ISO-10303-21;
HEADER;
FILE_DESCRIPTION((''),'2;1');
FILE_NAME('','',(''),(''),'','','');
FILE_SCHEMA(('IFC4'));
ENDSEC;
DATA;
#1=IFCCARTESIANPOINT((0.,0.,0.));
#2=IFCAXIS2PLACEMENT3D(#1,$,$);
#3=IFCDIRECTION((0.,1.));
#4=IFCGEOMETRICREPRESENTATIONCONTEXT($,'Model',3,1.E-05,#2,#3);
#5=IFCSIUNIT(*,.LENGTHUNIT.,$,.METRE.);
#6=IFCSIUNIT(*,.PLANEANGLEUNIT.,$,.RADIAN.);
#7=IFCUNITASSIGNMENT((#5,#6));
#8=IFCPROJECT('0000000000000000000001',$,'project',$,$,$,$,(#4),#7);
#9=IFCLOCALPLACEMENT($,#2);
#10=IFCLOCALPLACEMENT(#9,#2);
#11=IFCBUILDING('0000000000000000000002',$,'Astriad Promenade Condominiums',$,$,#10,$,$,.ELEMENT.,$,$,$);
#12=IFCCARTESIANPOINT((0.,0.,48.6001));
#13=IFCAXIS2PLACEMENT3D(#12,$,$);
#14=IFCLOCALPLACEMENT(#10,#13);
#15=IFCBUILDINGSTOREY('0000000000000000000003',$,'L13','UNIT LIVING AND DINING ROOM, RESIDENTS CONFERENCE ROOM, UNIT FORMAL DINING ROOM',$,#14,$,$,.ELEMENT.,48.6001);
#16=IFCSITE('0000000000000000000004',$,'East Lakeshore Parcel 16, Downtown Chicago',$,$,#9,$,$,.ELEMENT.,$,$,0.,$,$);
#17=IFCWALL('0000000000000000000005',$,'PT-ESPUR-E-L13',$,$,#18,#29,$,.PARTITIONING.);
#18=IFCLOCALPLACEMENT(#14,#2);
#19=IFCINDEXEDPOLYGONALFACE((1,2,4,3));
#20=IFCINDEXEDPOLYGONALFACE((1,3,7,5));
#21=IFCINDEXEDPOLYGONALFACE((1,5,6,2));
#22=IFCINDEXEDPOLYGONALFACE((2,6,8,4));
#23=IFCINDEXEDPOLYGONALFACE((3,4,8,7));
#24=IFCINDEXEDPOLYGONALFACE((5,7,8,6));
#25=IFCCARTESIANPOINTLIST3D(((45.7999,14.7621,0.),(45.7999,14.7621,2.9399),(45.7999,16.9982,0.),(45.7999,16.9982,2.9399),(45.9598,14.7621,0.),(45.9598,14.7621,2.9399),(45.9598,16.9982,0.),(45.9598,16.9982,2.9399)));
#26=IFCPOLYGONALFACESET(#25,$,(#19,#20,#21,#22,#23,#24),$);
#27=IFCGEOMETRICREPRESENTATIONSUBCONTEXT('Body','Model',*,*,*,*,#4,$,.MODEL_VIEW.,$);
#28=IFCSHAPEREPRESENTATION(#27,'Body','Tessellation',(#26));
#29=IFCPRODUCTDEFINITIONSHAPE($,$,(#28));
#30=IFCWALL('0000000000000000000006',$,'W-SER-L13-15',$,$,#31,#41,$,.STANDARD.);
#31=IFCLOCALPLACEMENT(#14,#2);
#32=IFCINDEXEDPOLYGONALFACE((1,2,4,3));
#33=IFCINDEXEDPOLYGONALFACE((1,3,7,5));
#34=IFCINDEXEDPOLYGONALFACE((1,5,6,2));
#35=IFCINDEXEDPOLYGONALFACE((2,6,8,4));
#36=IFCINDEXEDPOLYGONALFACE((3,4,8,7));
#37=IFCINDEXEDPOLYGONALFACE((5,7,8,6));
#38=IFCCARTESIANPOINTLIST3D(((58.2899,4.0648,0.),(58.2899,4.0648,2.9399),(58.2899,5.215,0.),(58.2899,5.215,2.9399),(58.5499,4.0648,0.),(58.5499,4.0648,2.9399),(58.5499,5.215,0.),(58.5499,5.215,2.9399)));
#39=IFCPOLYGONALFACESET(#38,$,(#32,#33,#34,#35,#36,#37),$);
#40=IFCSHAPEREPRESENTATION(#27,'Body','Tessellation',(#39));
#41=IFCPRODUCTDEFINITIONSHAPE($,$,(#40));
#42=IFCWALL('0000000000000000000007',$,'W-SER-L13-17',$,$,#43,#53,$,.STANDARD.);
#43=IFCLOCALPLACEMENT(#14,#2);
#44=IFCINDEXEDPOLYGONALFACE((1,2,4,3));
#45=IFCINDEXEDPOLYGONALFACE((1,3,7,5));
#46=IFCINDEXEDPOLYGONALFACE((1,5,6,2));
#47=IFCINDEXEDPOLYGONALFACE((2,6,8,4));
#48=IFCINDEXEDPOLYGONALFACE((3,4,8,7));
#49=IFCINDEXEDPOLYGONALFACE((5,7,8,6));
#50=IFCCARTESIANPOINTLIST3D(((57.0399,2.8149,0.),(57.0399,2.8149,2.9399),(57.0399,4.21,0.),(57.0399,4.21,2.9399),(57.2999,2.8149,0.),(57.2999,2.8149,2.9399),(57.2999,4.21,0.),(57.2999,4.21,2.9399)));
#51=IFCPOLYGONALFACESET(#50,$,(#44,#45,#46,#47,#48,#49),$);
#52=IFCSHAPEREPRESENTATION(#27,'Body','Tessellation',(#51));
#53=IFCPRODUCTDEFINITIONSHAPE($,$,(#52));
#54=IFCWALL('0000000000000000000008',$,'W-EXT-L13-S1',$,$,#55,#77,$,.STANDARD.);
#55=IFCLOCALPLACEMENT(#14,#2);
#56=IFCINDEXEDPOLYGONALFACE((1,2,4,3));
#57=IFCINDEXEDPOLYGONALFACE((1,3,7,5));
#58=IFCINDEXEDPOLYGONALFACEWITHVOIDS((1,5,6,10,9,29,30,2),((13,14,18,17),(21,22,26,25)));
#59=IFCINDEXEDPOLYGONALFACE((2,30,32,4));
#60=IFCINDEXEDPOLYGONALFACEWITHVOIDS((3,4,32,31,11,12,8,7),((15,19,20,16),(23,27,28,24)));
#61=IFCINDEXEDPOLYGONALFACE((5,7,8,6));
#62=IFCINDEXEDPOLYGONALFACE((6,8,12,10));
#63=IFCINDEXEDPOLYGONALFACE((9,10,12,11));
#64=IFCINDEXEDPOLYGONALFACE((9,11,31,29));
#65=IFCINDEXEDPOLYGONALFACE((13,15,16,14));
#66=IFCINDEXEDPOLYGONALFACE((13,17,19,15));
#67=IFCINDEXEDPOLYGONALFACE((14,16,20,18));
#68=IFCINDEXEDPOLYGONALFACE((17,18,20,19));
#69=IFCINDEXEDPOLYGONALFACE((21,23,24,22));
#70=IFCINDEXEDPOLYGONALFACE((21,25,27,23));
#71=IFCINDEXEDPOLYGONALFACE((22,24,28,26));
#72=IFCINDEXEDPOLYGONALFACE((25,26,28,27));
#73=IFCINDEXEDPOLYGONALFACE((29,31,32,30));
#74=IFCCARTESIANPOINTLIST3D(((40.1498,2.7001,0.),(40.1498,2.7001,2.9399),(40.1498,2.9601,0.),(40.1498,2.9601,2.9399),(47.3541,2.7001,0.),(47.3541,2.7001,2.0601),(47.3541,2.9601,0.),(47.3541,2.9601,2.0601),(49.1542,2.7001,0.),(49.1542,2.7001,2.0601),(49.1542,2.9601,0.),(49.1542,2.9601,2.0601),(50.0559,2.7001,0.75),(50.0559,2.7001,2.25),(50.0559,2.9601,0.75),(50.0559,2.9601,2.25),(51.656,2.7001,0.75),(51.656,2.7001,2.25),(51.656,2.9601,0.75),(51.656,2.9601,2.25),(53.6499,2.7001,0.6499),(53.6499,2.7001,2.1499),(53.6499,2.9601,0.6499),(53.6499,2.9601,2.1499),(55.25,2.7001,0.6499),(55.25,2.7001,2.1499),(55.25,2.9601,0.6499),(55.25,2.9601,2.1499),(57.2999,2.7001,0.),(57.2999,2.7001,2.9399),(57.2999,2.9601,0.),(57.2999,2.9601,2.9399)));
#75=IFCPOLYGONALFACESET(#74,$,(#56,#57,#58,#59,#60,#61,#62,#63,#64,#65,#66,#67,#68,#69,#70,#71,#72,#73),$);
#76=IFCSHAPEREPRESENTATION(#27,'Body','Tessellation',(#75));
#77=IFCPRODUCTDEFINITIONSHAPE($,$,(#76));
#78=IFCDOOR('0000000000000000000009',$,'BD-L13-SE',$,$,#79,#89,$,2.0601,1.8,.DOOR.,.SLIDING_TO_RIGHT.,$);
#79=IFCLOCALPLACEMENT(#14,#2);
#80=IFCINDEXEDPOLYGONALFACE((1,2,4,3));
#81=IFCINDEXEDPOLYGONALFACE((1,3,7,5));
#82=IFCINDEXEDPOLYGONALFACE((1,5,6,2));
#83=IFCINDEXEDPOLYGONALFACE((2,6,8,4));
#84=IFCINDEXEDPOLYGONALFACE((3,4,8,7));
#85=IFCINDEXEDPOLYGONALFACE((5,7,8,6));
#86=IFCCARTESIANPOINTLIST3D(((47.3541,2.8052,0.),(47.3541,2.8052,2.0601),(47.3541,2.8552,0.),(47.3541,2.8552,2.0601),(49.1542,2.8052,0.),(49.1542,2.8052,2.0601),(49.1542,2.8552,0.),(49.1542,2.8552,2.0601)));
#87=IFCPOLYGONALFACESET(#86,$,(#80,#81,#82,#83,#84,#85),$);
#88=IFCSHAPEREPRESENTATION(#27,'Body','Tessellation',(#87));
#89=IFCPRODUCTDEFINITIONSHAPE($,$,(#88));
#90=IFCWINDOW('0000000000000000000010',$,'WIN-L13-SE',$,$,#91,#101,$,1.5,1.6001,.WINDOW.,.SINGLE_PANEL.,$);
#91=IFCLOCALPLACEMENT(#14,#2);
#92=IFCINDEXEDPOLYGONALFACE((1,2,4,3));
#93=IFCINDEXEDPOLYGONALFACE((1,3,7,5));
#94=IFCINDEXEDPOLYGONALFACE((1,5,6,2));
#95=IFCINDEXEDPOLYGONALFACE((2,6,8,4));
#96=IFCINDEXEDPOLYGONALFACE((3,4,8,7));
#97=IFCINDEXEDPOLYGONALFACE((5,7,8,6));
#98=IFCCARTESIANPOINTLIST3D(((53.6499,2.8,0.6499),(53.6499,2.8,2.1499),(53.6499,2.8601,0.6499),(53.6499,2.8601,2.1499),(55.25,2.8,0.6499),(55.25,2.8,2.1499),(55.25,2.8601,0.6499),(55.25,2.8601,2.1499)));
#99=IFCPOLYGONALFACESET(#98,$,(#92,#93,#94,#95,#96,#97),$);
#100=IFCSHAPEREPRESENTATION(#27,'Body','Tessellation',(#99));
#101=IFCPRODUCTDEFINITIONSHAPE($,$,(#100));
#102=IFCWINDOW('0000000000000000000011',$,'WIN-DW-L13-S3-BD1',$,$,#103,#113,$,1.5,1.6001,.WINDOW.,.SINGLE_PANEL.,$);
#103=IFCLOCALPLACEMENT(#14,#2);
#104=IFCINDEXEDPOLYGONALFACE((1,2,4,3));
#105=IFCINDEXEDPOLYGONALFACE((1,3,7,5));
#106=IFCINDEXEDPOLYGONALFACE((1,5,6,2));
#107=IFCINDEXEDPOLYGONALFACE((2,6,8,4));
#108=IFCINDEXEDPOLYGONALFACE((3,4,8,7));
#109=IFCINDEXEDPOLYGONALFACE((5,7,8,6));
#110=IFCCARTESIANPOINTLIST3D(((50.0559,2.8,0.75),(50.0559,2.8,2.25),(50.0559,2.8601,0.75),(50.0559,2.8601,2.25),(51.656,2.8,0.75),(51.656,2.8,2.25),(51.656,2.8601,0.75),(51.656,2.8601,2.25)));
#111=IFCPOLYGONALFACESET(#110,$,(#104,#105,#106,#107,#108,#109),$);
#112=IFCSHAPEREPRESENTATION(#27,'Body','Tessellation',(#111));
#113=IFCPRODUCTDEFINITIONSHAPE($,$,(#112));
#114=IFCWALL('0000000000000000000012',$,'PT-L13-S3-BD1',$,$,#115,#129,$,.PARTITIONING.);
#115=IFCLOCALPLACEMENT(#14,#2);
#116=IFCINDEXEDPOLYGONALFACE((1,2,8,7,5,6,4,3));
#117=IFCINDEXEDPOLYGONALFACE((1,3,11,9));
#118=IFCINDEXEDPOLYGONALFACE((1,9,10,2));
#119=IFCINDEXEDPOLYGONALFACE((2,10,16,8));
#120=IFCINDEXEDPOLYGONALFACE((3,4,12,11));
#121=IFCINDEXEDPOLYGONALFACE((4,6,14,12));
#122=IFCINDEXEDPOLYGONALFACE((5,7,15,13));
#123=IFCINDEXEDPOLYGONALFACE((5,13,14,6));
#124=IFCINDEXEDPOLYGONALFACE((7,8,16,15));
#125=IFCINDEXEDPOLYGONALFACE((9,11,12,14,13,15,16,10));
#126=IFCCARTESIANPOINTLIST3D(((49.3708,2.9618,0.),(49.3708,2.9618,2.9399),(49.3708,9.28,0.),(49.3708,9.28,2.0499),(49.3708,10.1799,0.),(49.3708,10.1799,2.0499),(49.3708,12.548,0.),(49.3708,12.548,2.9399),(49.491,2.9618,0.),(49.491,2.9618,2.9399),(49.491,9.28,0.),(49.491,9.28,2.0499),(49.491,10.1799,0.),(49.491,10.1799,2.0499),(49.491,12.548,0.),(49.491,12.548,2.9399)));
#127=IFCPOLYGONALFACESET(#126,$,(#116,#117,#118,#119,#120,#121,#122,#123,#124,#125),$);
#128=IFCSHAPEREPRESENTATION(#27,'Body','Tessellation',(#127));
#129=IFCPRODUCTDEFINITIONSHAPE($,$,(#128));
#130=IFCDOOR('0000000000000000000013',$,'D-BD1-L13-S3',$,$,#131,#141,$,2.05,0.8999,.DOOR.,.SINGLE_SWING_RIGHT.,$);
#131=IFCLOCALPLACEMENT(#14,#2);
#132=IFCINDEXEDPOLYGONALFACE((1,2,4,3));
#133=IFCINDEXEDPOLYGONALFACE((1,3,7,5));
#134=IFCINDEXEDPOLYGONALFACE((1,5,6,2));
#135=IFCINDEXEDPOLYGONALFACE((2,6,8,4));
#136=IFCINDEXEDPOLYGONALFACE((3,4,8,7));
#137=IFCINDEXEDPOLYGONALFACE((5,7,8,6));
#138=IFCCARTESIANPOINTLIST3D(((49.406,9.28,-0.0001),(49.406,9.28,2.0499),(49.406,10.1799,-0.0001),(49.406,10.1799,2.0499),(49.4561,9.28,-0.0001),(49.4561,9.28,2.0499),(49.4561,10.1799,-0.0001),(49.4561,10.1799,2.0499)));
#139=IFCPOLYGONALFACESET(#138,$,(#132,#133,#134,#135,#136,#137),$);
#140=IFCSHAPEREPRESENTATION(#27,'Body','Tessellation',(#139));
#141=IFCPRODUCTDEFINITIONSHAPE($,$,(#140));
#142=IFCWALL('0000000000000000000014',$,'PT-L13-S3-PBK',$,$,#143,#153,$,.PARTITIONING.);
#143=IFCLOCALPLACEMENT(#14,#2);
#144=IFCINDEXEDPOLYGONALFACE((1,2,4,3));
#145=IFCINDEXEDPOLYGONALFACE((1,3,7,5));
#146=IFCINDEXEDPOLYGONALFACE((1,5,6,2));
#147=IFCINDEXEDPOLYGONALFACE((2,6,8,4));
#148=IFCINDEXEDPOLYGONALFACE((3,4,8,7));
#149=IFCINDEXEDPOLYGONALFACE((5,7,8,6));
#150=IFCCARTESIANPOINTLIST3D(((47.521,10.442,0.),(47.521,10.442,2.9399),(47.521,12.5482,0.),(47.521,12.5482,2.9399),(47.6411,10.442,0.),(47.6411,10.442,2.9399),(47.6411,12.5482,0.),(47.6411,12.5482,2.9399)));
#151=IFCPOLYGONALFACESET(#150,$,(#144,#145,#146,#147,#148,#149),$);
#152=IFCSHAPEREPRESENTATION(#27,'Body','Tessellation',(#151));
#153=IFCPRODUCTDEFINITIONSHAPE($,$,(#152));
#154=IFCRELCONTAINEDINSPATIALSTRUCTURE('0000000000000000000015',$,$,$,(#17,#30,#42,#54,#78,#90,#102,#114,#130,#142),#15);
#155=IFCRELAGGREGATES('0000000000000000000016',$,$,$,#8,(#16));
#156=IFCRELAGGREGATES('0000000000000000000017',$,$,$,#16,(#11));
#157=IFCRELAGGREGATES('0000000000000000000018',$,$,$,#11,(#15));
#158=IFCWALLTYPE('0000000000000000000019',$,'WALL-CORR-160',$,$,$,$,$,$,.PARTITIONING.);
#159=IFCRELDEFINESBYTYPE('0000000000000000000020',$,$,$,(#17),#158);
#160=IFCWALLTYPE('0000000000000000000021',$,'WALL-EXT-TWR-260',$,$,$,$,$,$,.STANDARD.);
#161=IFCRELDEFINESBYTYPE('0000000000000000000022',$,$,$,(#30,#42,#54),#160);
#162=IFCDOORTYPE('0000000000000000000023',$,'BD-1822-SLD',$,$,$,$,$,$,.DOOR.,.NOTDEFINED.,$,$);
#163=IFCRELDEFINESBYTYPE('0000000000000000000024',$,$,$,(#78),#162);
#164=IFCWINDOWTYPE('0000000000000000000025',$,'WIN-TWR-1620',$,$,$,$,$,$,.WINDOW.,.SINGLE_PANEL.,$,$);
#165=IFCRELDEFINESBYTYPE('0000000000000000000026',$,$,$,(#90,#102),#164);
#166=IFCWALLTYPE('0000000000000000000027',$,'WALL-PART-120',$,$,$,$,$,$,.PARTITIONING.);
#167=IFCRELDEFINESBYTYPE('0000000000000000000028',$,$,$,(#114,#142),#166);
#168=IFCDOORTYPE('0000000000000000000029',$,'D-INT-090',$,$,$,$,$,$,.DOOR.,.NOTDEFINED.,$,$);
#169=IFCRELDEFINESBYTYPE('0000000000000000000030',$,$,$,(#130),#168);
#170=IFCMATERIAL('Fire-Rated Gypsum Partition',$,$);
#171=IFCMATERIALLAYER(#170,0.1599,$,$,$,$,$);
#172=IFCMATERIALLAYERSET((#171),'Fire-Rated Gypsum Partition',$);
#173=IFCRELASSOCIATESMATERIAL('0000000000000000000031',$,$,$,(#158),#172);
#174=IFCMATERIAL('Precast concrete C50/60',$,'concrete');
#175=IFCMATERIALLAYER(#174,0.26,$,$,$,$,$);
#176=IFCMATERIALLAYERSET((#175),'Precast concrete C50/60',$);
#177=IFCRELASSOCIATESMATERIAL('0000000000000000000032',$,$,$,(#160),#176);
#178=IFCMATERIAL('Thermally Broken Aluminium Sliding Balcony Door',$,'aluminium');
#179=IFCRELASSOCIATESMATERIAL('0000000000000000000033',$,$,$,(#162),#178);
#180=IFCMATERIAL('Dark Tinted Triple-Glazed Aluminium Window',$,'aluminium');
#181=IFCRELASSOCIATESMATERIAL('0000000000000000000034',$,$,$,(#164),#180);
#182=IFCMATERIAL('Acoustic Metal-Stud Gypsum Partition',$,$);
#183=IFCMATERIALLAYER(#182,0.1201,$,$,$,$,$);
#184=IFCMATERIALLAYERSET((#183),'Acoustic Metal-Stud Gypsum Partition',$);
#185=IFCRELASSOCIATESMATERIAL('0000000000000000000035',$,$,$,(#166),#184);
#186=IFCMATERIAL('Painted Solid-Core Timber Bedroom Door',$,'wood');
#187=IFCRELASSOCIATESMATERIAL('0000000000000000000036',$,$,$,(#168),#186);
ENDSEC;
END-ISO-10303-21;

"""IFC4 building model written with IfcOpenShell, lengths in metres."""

from ifc_helpers import new_model, si_unit, direction, frame, frame_2d, origin, place, context, subcontext, project, spatial, rectangle, extrude, source, transform, mapped, material, layer, layer_set, type_object, type_shapes, element, fill, save


model = new_model("IFC4")

# Units and contexts
model_context = context("Model", 3, precision=1e-05, world=origin(), true_north=direction((0.0, 1.0)))
body_context = subcontext(model_context, "Body", "Model", "MODEL_VIEW")
ifc_project = project(units=[si_unit("LENGTHUNIT", "METRE"), si_unit("PLANEANGLEUNIT", "RADIAN")], contexts=[model_context])

# Site, building, storey
site_placement = place(None, origin())
site = spatial("IfcSite", under=ifc_project, at=site_placement, Name="East Lakeshore Parcel 16, Downtown Chicago", CompositionType="ELEMENT", RefElevation=0.0)
building_placement = place(site_placement, origin())
building = spatial("IfcBuilding", under=site, at=building_placement, Name="Astriad Promenade Condominiums", CompositionType="ELEMENT")
storey_placement = place(building_placement, frame((0.0, 0.0, 48.6001)))
storey = spatial("IfcBuildingStorey", under=building, at=storey_placement, Name="L13", Description="UNIT LIVING AND DINING ROOM, RESIDENTS CONFERENCE ROOM, UNIT FORMAL DINING ROOM", CompositionType="ELEMENT", Elevation=48.6001)

# Shared definitions
ifc_material_1 = material(Name="Fire-Rated Gypsum Partition")
ifc_layer_1 = layer(ifc_material_1, 0.1599)
ifc_layer_set_1 = layer_set([ifc_layer_1], Name="Fire-Rated Gypsum Partition")
wall_type_1 = type_object("IfcWallType", Name="WALL-CORR-160", PredefinedType="PARTITIONING", material=ifc_layer_set_1)

# Walls
wall_1_placement = place(storey_placement, frame((45.8799, 14.762, 0.0), z_axis=(0.0, 0.0, 1.0), x_axis=(0.0, 1.0, 0.0)))
element("IfcWall", 1, at=wall_1_placement, inside=storey, type_object=wall_type_1, Name="PT-ESPUR-E-L13", PredefinedType="PARTITIONING", context=body_context, shape_type="SweptSolid", body=[
    extrude(rectangle(XDim=2.2361, YDim=0.1599, at=frame_2d((1.1182, 0.0))), origin(), (0.0, 0.0, 1.0), 2.9399),
])
ifc_material_2 = material(Name="Precast concrete C50/60", Category="concrete")
ifc_layer_2 = layer(ifc_material_2, 0.26)
ifc_layer_set_2 = layer_set([ifc_layer_2], Name="Precast concrete C50/60")
wall_type_2 = type_object("IfcWallType", Name="WALL-EXT-TWR-260", PredefinedType="STANDARD", material=ifc_layer_set_2)
wall_2_placement = place(storey_placement, frame((58.4199, 5.2151, 0.0), z_axis=(0.0, 0.0, 1.0), x_axis=(0.0, -1.0, 0.0)))
element("IfcWall", 2, at=wall_2_placement, inside=storey, type_object=wall_type_2, Name="W-SER-L13-15", PredefinedType="STANDARD", context=body_context, shape_type="SweptSolid", body=[
    extrude(rectangle(XDim=1.1501, YDim=0.26, at=frame_2d((0.5752, 0.0))), origin(), (0.0, 0.0, 1.0), 2.9399),
])
wall_3_placement = place(storey_placement, frame((57.1699, 4.21, 0.0), z_axis=(0.0, 0.0, 1.0), x_axis=(0.0, -1.0, 0.0)))
element("IfcWall", 3, at=wall_3_placement, inside=storey, type_object=wall_type_2, Name="W-SER-L13-17", PredefinedType="STANDARD", context=body_context, shape_type="SweptSolid", body=[
    extrude(rectangle(XDim=1.395, YDim=0.26, at=frame_2d((0.6975, 0.0))), origin(), (0.0, 0.0, 1.0), 2.9399),
])

# Wall, openings, door, windows
wall_4_placement = place(storey_placement, frame((57.3, 2.8301, 0.0), z_axis=(0.0, 0.0, 1.0), x_axis=(-1.0, 0.0, 0.0)))
wall_4 = element("IfcWall", 4, at=wall_4_placement, inside=storey, type_object=wall_type_2, Name="W-EXT-L13-S1", PredefinedType="STANDARD", context=body_context, shape_type="SweptSolid", body=[
    extrude(rectangle(XDim=17.1501, YDim=0.26, at=frame_2d((8.5752, 0.0))), origin(), (0.0, 0.0, 1.0), 2.9399),
])
opening_1_placement = place(wall_4_placement, frame((8.146, 0.0, 0.0)))
opening_1 = element("IfcOpeningElement", 5, at=opening_1_placement, cuts=wall_4, PredefinedType="OPENING", context=body_context, shape_type="SweptSolid", body=[
    extrude(rectangle(XDim=1.8, YDim=2.0601, at=frame_2d((0.8999, 1.03))), frame((0.0, 0.1399, 0.0), z_axis=(0.0, -1.0, 0.0), x_axis=(1.0, 0.0, 0.0)), (0.0, 0.0, 1.0), 0.28),
])
opening_2_placement = place(wall_4_placement, frame((2.05, 0.0, 0.6499)))
opening_2 = element("IfcOpeningElement", 6, at=opening_2_placement, cuts=wall_4, PredefinedType="OPENING", context=body_context, shape_type="SweptSolid", body=[
    extrude(rectangle(XDim=1.6001, YDim=1.5, at=frame_2d((0.8, 0.75))), frame((0.0, 0.1399, 0.0), z_axis=(0.0, -1.0, 0.0), x_axis=(1.0, 0.0, 0.0)), (0.0, 0.0, 1.0), 0.28),
])
opening_3_placement = place(wall_4_placement, frame((5.644, 0.0, 0.75)))
opening_3 = element("IfcOpeningElement", 7, at=opening_3_placement, cuts=wall_4, PredefinedType="OPENING", context=body_context, shape_type="SweptSolid", body=[
    extrude(rectangle(XDim=1.6001, YDim=1.5, at=frame_2d((0.8, 0.75))), frame((0.0, 0.1399, 0.0), z_axis=(0.0, -1.0, 0.0), x_axis=(1.0, 0.0, 0.0)), (0.0, 0.0, 1.0), 0.28),
])
ifc_material_3 = material(Name="Thermally Broken Aluminium Sliding Balcony Door", Category="aluminium")
door_type_1 = type_object("IfcDoorType", Name="BD-1822-SLD", OperationType="NOTDEFINED", PredefinedType="DOOR", material=ifc_material_3)
shared_shape_1 = source(origin(), body_context, "Body", "SweptSolid", [
    extrude(rectangle(XDim=1.8, YDim=2.0601, at=frame_2d((0.8999, 1.03))), frame((0.0, 0.0249, 0.0), z_axis=(0.0, -1.0, 0.0), x_axis=(1.0, 0.0, 0.0)), (0.0, 0.0, 1.0), 0.05),
])
type_shapes(door_type_1, [shared_shape_1])
door_1_placement = place(opening_1_placement, origin())
door_1 = element("IfcDoor", 8, at=door_1_placement, inside=storey, type_object=door_type_1, Name="BD-L13-SE", OperationType="SLIDING_TO_RIGHT", OverallHeight=2.0601, OverallWidth=1.8, PredefinedType="DOOR", context=body_context, shape_type="MappedRepresentation", body=[
    mapped(shared_shape_1, transform((0.0, 0.0, 0.0), scale=1.0)),
])
fill(opening_1, door_1)
ifc_material_4 = material(Name="Dark Tinted Triple-Glazed Aluminium Window", Category="aluminium")
window_type = type_object("IfcWindowType", Name="WIN-TWR-1620", PartitioningType="SINGLE_PANEL", PredefinedType="WINDOW", material=ifc_material_4)
shared_shape_2 = source(origin(), body_context, "Body", "SweptSolid", [
    extrude(rectangle(XDim=1.6001, YDim=1.5, at=frame_2d((0.8, 0.75))), frame((0.0, 0.03, 0.0), z_axis=(0.0, -1.0, 0.0), x_axis=(1.0, 0.0, 0.0)), (0.0, 0.0, 1.0), 0.0601),
])
type_shapes(window_type, [shared_shape_2])
window_1_placement = place(opening_2_placement, origin())
window_1 = element("IfcWindow", 9, at=window_1_placement, inside=storey, type_object=window_type, Name="WIN-L13-SE", OverallHeight=1.5, OverallWidth=1.6001, PartitioningType="SINGLE_PANEL", PredefinedType="WINDOW", context=body_context, shape_type="MappedRepresentation", body=[
    mapped(shared_shape_2, transform((0.0, 0.0, 0.0), scale=1.0)),
])
fill(opening_2, window_1)
window_2_placement = place(opening_3_placement, origin())
window_2 = element("IfcWindow", 10, at=window_2_placement, inside=storey, type_object=window_type, Name="WIN-DW-L13-S3-BD1", OverallHeight=1.5, OverallWidth=1.6001, PartitioningType="SINGLE_PANEL", PredefinedType="WINDOW", context=body_context, shape_type="MappedRepresentation", body=[
    mapped(shared_shape_2, transform((0.0, 0.0, 0.0), scale=1.0)),
])
fill(opening_3, window_2)

# Wall, opening, door
ifc_material_5 = material(Name="Acoustic Metal-Stud Gypsum Partition")
ifc_layer_3 = layer(ifc_material_5, 0.1201)
ifc_layer_set_3 = layer_set([ifc_layer_3], Name="Acoustic Metal-Stud Gypsum Partition")
wall_type_3 = type_object("IfcWallType", Name="WALL-PART-120", PredefinedType="PARTITIONING", material=ifc_layer_set_3)
wall_5_placement = place(storey_placement, frame((49.4309, 2.9619, 0.0), z_axis=(0.0, 0.0, 1.0), x_axis=(0.0, 1.0, 0.0)))
wall_5 = element("IfcWall", 11, at=wall_5_placement, inside=storey, type_object=wall_type_3, Name="PT-L13-S3-BD1", PredefinedType="PARTITIONING", context=body_context, shape_type="SweptSolid", body=[
    extrude(rectangle(XDim=9.5862, YDim=0.1201, at=frame_2d((4.793, 0.0))), origin(), (0.0, 0.0, 1.0), 2.9399),
])
opening_4_placement = place(wall_5_placement, frame((6.3181, 0.0, 0.0)))
opening_4 = element("IfcOpeningElement", 12, at=opening_4_placement, cuts=wall_5, PredefinedType="OPENING", context=body_context, shape_type="SweptSolid", body=[
    extrude(rectangle(XDim=0.8999, YDim=2.05, at=frame_2d((0.45, 1.0249))), frame((0.0, 0.0701, 0.0), z_axis=(0.0, -1.0, 0.0), x_axis=(1.0, 0.0, 0.0)), (0.0, 0.0, 1.0), 0.1401),
])
ifc_material_6 = material(Name="Painted Solid-Core Timber Bedroom Door", Category="wood")
door_type_2 = type_object("IfcDoorType", Name="D-INT-090", OperationType="NOTDEFINED", PredefinedType="DOOR", material=ifc_material_6)
shared_shape_3 = source(origin(), body_context, "Body", "SweptSolid", [
    extrude(rectangle(XDim=0.8999, YDim=2.05, at=frame_2d((0.45, 1.0249))), frame((0.0, 0.0249, 0.0), z_axis=(0.0, -1.0, 0.0), x_axis=(1.0, 0.0, 0.0)), (0.0, 0.0, 1.0), 0.05),
])
type_shapes(door_type_2, [shared_shape_3])
door_2_placement = place(opening_4_placement, origin())
door_2 = element("IfcDoor", 13, at=door_2_placement, inside=storey, type_object=door_type_2, Name="D-BD1-L13-S3", OperationType="SINGLE_SWING_RIGHT", OverallHeight=2.05, OverallWidth=0.8999, PredefinedType="DOOR", context=body_context, shape_type="MappedRepresentation", body=[
    mapped(shared_shape_3, transform((0.0, 0.0, 0.0), scale=1.0)),
])
fill(opening_4, door_2)

# Wall
wall_6_placement = place(storey_placement, frame((47.5811, 10.4419, 0.0), z_axis=(0.0, 0.0, 1.0), x_axis=(0.0, 1.0, 0.0)))
element("IfcWall", 14, at=wall_6_placement, inside=storey, type_object=wall_type_3, Name="PT-L13-S3-PBK", PredefinedType="PARTITIONING", context=body_context, shape_type="SweptSolid", body=[
    extrude(rectangle(XDim=2.1062, YDim=0.1201, at=frame_2d((1.0532, 0.0))), origin(), (0.0, 0.0, 1.0), 2.9399),
])

save(model, "model.ifc")
